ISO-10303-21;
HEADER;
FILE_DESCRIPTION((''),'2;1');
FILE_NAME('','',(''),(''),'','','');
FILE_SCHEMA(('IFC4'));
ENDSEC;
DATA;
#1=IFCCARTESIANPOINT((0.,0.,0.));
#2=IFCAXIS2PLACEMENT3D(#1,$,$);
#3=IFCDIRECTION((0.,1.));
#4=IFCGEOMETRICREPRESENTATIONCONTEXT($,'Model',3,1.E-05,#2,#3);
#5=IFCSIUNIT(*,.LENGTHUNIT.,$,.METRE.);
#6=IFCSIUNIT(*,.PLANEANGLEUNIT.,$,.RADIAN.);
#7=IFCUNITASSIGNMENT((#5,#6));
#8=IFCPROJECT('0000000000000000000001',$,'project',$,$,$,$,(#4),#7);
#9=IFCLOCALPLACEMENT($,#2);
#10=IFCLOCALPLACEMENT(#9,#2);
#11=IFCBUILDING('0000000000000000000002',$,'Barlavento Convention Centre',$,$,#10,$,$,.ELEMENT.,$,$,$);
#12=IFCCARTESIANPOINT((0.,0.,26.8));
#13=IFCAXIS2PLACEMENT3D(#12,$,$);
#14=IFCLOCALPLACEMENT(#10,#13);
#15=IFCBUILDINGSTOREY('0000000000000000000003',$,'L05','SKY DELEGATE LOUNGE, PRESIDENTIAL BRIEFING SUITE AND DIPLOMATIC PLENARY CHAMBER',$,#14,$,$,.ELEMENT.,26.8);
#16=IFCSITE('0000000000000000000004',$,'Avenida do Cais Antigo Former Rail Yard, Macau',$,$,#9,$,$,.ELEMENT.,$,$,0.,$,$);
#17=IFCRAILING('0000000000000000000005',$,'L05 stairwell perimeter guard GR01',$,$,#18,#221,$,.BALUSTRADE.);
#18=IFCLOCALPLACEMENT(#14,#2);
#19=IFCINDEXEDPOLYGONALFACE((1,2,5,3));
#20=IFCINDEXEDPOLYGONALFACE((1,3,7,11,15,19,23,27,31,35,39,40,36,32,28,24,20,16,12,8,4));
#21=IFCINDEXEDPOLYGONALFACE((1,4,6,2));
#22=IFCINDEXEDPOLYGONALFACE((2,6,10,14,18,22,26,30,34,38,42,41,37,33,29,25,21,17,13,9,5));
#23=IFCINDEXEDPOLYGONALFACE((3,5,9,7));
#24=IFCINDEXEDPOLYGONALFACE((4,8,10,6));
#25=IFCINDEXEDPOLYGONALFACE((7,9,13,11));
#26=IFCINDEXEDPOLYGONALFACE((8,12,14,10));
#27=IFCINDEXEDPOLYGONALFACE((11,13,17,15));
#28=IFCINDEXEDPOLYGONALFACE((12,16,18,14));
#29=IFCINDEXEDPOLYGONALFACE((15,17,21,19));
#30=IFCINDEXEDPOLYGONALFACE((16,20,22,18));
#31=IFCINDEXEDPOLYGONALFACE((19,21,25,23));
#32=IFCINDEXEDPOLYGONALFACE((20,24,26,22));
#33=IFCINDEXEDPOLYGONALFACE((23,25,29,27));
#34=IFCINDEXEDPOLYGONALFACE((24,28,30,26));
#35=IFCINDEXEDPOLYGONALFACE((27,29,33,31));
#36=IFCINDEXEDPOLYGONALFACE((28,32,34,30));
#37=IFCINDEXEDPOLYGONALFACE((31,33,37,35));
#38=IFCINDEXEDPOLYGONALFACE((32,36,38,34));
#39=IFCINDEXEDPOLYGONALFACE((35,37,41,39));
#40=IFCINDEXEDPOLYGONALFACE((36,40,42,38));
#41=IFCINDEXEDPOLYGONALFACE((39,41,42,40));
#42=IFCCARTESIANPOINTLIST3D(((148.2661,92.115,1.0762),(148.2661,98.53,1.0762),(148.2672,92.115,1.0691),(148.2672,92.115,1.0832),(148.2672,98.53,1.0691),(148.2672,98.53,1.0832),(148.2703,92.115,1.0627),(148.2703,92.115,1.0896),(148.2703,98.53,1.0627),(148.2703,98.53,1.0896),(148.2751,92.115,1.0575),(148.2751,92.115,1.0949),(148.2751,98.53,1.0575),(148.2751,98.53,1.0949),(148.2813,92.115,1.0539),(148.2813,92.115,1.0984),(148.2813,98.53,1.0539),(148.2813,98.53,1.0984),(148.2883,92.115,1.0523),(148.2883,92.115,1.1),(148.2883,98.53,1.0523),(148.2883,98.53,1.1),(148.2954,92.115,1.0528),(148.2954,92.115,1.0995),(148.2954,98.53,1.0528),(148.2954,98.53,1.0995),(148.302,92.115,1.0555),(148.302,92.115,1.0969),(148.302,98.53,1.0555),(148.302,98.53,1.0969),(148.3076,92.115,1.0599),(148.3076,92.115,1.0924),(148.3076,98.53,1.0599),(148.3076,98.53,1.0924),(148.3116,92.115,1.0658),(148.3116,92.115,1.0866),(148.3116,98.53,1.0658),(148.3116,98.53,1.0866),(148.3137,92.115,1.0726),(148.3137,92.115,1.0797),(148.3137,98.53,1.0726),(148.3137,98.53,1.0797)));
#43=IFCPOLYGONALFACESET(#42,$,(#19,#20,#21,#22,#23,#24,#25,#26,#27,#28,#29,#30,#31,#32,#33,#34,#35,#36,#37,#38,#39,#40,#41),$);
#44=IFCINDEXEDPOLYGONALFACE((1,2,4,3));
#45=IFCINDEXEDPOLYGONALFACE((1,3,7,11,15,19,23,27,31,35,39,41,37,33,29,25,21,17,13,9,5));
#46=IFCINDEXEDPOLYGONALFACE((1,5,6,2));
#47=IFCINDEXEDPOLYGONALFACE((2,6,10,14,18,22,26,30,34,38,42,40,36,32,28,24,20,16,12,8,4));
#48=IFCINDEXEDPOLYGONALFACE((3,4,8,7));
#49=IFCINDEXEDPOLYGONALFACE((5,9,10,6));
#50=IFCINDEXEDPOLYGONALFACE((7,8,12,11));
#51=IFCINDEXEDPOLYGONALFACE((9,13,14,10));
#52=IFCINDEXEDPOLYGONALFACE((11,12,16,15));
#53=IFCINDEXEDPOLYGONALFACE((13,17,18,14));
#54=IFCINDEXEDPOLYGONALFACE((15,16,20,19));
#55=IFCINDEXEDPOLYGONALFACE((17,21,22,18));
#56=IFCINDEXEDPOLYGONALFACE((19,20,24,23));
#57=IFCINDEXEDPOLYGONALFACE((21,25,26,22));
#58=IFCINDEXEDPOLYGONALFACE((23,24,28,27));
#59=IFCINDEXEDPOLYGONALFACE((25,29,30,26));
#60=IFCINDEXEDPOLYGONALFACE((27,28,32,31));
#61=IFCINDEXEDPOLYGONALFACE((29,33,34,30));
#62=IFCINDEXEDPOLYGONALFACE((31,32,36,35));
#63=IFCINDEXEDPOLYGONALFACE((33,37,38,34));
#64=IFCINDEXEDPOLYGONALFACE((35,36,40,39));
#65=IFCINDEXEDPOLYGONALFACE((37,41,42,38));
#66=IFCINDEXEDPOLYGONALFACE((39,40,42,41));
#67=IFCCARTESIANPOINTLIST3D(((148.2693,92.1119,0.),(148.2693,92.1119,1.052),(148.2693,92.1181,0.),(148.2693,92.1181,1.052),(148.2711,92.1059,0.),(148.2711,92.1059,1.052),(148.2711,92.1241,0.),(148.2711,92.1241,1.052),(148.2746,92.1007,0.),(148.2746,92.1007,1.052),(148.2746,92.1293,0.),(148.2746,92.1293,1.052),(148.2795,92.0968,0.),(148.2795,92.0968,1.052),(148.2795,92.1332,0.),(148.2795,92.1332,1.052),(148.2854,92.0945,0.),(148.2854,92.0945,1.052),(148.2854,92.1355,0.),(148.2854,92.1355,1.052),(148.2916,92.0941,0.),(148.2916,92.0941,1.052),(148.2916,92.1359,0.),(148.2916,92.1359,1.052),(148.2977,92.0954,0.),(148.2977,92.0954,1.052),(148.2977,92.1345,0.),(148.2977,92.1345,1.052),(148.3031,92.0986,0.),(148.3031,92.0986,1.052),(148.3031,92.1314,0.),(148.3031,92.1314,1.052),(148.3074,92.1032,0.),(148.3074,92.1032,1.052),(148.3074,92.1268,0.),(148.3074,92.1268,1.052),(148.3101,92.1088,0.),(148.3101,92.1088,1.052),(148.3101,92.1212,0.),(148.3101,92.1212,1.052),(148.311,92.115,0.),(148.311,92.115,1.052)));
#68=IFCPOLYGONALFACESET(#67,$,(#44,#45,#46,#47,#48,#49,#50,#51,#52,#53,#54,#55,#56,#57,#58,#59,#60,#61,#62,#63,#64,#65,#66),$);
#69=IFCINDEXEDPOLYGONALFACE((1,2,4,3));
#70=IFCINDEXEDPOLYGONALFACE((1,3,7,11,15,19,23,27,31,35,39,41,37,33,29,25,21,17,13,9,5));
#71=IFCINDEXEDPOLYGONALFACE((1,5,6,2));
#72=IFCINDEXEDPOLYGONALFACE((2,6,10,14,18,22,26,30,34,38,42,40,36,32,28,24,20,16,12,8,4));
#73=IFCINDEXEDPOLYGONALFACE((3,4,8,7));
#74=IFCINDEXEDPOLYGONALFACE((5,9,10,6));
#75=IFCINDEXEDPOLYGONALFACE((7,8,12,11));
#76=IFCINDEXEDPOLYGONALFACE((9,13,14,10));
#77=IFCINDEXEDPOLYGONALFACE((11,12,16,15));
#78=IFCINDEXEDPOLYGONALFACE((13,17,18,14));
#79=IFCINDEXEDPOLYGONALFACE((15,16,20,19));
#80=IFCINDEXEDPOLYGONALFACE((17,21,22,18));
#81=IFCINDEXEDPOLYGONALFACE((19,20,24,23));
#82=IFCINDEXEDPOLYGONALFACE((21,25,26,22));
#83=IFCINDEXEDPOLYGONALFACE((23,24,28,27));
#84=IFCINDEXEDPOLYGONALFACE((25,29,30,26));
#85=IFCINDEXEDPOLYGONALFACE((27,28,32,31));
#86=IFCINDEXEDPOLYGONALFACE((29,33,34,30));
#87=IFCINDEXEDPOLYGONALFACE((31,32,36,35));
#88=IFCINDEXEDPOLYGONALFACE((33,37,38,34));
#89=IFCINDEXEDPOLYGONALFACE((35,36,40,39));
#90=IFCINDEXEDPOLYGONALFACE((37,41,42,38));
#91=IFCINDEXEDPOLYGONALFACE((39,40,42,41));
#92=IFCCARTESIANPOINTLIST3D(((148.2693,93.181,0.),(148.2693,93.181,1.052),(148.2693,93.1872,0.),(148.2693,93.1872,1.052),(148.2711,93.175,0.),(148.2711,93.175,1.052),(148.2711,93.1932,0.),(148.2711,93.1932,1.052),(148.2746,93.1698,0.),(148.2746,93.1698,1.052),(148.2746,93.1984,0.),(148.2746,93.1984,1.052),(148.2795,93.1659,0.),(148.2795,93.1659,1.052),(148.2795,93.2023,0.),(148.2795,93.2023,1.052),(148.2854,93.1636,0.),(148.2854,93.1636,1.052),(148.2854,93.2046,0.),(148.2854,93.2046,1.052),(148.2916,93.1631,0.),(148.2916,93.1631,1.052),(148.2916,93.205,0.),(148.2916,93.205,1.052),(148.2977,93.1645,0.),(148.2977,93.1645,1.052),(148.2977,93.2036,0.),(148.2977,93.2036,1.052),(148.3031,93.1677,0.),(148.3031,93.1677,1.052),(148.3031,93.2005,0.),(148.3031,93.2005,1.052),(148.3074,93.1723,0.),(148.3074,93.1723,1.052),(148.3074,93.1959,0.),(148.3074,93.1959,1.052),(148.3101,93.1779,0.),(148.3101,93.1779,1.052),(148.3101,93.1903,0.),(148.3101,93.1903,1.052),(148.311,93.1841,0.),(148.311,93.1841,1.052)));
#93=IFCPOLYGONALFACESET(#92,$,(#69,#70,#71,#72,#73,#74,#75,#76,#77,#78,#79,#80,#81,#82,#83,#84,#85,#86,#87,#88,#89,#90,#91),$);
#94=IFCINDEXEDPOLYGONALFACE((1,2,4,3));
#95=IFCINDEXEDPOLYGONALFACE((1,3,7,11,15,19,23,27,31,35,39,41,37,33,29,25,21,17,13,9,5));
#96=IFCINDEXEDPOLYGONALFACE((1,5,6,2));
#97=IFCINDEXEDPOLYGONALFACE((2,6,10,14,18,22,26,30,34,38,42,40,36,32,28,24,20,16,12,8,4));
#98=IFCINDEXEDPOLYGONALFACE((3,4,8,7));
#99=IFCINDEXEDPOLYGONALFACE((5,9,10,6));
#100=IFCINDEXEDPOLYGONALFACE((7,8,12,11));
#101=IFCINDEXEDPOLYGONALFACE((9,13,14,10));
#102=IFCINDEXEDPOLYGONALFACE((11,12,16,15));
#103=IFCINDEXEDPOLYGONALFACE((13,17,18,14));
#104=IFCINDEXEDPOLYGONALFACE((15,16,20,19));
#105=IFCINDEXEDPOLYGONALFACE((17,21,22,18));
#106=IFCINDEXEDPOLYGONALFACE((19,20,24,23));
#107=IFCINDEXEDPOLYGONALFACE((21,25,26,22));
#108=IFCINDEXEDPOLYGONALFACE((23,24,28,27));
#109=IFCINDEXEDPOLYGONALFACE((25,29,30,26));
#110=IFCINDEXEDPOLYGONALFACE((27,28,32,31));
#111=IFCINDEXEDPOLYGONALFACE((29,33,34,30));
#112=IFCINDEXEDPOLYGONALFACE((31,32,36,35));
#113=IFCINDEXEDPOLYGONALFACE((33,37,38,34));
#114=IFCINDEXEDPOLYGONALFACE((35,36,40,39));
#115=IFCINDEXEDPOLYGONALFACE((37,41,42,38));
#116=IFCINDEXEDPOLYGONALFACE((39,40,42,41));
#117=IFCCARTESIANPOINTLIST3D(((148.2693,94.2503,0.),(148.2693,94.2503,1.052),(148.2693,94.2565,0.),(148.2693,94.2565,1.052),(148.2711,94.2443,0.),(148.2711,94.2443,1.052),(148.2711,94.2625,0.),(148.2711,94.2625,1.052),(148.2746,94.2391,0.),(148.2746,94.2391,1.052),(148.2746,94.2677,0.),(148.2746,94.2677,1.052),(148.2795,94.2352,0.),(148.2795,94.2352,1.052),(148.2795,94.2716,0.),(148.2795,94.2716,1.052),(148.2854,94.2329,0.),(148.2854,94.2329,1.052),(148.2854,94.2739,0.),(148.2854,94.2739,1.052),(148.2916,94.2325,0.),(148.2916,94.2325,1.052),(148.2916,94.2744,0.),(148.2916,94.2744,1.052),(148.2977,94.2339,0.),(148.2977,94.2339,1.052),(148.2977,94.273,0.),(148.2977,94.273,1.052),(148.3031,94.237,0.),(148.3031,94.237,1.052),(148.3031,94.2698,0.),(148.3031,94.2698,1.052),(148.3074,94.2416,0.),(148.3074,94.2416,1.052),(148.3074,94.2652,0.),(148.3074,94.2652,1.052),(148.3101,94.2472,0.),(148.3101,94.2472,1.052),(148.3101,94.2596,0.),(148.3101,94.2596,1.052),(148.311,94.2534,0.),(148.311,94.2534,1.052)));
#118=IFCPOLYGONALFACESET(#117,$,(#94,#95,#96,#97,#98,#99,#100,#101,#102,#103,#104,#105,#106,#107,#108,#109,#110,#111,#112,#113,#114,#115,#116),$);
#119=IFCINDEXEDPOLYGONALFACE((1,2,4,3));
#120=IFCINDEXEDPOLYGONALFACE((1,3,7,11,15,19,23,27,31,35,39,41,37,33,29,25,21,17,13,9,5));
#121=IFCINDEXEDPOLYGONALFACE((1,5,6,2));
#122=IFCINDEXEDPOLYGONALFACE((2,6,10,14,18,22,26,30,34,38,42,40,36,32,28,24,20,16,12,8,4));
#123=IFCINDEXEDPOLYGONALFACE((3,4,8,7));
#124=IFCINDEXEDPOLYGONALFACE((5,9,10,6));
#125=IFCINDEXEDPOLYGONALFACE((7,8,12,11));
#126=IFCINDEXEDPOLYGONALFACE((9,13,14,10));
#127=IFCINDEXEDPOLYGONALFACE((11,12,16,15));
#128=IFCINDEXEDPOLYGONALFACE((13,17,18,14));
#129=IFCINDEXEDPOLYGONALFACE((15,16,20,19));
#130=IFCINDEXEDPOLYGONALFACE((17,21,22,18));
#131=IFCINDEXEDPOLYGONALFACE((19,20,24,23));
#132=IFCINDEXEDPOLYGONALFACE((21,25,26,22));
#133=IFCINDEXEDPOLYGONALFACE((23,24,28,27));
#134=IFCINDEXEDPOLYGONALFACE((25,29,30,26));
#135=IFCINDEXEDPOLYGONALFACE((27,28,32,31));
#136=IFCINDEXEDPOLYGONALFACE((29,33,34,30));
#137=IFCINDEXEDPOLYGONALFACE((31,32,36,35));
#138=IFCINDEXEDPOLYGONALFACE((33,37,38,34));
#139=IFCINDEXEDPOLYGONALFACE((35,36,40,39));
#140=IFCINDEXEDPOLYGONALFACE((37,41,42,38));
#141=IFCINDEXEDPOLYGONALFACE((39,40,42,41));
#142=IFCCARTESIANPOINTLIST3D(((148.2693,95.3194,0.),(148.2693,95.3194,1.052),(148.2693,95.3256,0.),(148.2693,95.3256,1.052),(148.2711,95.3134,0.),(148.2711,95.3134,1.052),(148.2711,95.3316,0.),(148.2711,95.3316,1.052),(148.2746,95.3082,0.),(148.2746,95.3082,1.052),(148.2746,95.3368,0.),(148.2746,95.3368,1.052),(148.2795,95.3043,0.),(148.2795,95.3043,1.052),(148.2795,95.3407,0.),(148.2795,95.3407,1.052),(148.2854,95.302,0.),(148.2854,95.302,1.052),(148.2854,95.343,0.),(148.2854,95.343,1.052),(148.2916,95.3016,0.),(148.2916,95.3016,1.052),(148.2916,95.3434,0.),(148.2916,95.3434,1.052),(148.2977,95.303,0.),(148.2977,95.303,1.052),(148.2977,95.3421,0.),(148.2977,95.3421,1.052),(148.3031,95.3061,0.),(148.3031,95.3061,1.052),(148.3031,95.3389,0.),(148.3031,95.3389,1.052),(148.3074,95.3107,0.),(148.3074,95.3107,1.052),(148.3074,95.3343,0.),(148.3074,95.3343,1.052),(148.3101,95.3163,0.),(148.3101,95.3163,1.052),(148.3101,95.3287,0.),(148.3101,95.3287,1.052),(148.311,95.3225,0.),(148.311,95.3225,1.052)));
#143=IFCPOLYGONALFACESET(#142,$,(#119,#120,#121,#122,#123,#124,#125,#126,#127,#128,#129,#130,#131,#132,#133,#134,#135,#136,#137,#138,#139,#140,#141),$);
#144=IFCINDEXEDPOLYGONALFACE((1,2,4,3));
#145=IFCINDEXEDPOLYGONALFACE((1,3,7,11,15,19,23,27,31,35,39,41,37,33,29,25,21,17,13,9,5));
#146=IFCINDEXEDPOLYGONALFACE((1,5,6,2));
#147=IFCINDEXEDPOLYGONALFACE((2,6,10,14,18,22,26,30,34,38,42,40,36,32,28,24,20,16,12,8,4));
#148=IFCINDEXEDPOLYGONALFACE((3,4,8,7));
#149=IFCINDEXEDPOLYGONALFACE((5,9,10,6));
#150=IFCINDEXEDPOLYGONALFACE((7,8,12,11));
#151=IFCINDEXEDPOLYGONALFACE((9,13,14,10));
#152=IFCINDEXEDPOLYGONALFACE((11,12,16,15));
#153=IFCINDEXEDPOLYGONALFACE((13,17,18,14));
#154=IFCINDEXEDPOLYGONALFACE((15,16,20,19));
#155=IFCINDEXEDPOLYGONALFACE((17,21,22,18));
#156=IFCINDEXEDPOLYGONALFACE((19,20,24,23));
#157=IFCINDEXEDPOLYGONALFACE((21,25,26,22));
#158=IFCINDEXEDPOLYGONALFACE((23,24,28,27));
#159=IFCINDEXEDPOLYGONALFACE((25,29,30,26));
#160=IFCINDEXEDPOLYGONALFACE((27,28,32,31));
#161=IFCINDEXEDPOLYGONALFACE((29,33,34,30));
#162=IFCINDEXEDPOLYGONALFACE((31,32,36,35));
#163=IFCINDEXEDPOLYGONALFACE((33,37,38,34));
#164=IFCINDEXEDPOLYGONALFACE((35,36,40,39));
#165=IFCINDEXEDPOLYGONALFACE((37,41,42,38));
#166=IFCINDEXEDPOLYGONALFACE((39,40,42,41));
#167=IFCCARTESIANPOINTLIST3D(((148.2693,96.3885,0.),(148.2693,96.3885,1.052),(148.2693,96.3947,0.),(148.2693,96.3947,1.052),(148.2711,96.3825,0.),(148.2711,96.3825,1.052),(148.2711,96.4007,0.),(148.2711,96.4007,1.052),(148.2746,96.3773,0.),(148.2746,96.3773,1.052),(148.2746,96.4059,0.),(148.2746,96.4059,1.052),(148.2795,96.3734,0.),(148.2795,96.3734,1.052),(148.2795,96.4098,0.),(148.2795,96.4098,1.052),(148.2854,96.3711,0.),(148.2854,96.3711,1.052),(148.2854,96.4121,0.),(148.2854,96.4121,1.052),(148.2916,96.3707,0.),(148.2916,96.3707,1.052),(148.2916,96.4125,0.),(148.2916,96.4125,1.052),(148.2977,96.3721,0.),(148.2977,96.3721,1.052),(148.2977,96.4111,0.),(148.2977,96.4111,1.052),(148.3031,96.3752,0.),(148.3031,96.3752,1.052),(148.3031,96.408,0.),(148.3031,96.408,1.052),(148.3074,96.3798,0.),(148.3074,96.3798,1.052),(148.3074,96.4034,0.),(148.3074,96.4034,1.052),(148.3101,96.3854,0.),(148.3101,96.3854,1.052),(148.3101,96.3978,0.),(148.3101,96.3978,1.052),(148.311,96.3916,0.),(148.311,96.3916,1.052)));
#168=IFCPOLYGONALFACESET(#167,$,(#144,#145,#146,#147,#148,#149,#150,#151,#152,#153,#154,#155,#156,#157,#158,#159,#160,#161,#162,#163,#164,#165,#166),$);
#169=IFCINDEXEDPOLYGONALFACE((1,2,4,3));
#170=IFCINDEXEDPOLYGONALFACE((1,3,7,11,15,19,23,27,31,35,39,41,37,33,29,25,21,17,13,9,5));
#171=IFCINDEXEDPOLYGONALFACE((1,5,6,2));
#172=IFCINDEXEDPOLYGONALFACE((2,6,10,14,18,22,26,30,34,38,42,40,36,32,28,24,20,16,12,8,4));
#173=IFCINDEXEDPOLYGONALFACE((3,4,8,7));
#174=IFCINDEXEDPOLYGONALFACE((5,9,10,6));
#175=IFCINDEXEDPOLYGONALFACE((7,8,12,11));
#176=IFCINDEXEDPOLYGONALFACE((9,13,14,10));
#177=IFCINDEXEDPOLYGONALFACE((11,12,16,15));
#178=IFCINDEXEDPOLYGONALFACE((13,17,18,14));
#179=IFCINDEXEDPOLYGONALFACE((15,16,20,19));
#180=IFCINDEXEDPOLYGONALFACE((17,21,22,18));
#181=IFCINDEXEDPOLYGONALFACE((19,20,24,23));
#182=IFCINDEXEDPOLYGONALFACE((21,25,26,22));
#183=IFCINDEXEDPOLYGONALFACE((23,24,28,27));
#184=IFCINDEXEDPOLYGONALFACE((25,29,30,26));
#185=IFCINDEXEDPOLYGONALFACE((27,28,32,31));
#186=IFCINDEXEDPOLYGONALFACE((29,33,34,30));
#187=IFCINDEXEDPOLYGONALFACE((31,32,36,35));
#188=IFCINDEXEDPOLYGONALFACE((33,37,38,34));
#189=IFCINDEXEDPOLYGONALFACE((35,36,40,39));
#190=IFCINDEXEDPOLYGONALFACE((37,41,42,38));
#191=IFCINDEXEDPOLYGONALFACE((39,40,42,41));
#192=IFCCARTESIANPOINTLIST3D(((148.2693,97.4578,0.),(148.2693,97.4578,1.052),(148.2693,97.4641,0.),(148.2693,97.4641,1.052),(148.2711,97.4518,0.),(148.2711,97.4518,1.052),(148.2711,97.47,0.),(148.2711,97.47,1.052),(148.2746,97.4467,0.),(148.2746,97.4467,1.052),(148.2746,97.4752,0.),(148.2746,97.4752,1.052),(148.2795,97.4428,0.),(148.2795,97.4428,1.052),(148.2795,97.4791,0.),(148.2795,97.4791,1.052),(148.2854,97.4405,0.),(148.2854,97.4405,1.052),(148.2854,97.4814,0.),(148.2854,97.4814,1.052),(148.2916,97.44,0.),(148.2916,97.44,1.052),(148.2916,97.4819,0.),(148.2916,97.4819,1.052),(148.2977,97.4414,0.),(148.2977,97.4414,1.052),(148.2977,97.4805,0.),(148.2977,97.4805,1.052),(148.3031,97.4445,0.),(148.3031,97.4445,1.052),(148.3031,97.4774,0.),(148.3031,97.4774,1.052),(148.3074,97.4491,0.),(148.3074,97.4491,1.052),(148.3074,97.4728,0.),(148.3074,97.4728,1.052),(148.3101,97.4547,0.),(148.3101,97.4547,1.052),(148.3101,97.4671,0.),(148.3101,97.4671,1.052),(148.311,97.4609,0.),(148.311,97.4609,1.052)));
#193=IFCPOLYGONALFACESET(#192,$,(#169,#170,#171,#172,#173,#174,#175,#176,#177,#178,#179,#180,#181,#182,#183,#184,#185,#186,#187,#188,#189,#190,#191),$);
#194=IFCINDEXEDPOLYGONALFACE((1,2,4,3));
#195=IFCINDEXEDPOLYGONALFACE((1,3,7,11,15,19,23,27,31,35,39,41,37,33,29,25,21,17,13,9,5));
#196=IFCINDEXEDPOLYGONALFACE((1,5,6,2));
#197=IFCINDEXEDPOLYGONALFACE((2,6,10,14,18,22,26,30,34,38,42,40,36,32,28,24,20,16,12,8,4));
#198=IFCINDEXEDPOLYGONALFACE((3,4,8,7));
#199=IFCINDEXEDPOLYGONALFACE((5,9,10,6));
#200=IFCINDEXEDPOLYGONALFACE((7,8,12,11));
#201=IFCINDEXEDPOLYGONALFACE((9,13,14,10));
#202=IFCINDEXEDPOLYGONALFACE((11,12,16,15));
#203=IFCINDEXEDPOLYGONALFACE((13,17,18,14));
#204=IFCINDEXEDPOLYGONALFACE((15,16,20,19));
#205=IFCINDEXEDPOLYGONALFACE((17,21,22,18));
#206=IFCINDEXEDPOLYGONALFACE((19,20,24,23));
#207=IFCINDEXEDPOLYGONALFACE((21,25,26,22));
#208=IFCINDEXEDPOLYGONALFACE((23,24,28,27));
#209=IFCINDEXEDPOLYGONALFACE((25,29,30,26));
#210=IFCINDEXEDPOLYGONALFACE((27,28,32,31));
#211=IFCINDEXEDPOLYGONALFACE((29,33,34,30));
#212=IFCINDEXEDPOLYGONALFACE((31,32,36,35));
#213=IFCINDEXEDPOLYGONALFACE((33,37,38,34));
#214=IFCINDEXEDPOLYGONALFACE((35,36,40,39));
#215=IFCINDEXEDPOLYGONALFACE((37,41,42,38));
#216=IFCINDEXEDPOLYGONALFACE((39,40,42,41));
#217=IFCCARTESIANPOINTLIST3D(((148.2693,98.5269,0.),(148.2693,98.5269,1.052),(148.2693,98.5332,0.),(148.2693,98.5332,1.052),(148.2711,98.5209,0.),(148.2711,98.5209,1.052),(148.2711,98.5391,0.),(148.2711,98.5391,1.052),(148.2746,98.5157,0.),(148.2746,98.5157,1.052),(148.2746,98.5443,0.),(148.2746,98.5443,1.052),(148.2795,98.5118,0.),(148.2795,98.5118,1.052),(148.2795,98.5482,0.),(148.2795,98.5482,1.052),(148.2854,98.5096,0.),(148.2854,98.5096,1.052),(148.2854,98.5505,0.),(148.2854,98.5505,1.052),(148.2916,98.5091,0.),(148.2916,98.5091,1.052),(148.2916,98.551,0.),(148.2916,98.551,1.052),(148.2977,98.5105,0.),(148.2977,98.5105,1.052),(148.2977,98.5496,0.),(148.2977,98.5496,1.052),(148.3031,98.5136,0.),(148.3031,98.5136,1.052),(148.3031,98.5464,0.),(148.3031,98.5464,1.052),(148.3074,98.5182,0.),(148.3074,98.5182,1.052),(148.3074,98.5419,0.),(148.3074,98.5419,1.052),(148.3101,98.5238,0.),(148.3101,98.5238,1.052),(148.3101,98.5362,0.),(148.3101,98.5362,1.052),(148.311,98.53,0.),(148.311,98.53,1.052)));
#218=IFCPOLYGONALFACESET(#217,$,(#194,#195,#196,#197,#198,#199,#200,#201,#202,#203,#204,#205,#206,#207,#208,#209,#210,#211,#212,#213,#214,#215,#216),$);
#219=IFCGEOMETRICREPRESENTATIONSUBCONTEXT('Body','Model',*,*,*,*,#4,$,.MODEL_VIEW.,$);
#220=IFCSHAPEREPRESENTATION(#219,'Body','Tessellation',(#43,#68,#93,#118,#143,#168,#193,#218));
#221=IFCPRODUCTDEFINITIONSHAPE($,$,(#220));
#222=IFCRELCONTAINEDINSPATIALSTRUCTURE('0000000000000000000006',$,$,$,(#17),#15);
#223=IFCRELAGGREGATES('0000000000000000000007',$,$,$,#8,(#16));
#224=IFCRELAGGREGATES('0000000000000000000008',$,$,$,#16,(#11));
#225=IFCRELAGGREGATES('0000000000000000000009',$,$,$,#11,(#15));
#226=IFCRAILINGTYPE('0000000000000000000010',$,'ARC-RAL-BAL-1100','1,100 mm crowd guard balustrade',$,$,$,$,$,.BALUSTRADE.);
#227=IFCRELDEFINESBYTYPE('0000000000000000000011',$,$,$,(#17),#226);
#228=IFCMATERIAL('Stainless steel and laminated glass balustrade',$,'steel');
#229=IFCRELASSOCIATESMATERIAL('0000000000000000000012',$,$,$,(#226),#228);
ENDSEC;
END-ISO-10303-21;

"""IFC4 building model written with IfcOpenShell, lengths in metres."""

from ifc_helpers import new_model, si_unit, direction, frame, origin, origin_2d, place, context, subcontext, project, spatial, circle, extrude, material, type_object, element, save


model = new_model("IFC4")

# Units and contexts
model_context = context("Model", 3, precision=1e-05, world=origin(), true_north=direction((0.0, 1.0)))
body_context = subcontext(model_context, "Body", "Model", "MODEL_VIEW")
ifc_project = project(units=[si_unit("LENGTHUNIT", "METRE"), si_unit("PLANEANGLEUNIT", "RADIAN")], contexts=[model_context])

# Site, building, storey
site_placement = place(None, origin())
site = spatial("IfcSite", under=ifc_project, at=site_placement, Name="Avenida do Cais Antigo Former Rail Yard, Macau", CompositionType="ELEMENT", RefElevation=0.0)
building_placement = place(site_placement, origin())
building = spatial("IfcBuilding", under=site, at=building_placement, Name="Barlavento Convention Centre", CompositionType="ELEMENT")
storey_placement = place(building_placement, frame((0.0, 0.0, 26.8)))
storey = spatial("IfcBuildingStorey", under=building, at=storey_placement, Name="L05", Description="SKY DELEGATE LOUNGE, PRESIDENTIAL BRIEFING SUITE AND DIPLOMATIC PLENARY CHAMBER", CompositionType="ELEMENT", Elevation=26.8)

# Railing
ifc_material_1 = material(Name="Stainless steel and laminated glass balustrade", Category="steel")
railing_type = type_object("IfcRailingType", Name="ARC-RAL-BAL-1100", Description="1,100 mm crowd guard balustrade", PredefinedType="BALUSTRADE", material=ifc_material_1)
railing_1_placement = place(storey_placement, frame((148.29, 92.115, 0.0)))
element("IfcRailing", 1, at=railing_1_placement, inside=storey, type_object=railing_type, Name="L05 stairwell perimeter guard GR01", PredefinedType="BALUSTRADE", context=body_context, shape_type="SweptSolid", body=[
    extrude(circle(Radius=0.0239, at=origin_2d()), frame((0.0, 0.0, 1.0762), z_axis=(0.0, 1.0, 0.0), x_axis=(-1.0, 0.0, 0.0)), (0.0, 0.0, 1.0), 6.415),
    extrude(circle(Radius=0.021, at=origin_2d()), origin(), (0.0, 0.0, 1.0), 1.052),
    extrude(circle(Radius=0.021, at=origin_2d()), frame((0.0, 1.0691, 0.0)), (0.0, 0.0, 1.0), 1.052),
    extrude(circle(Radius=0.021, at=origin_2d()), frame((0.0, 2.1384, 0.0)), (0.0, 0.0, 1.0), 1.052),
    extrude(circle(Radius=0.021, at=origin_2d()), frame((0.0, 3.2075, 0.0)), (0.0, 0.0, 1.0), 1.052),
    extrude(circle(Radius=0.021, at=origin_2d()), frame((0.0, 4.2766, 0.0)), (0.0, 0.0, 1.0), 1.052),
    extrude(circle(Radius=0.021, at=origin_2d()), frame((0.0, 5.3459, 0.0)), (0.0, 0.0, 1.0), 1.052),
    extrude(circle(Radius=0.021, at=origin_2d()), frame((0.0, 6.415, 0.0)), (0.0, 0.0, 1.0), 1.052),
])

save(model, "model.ifc")
